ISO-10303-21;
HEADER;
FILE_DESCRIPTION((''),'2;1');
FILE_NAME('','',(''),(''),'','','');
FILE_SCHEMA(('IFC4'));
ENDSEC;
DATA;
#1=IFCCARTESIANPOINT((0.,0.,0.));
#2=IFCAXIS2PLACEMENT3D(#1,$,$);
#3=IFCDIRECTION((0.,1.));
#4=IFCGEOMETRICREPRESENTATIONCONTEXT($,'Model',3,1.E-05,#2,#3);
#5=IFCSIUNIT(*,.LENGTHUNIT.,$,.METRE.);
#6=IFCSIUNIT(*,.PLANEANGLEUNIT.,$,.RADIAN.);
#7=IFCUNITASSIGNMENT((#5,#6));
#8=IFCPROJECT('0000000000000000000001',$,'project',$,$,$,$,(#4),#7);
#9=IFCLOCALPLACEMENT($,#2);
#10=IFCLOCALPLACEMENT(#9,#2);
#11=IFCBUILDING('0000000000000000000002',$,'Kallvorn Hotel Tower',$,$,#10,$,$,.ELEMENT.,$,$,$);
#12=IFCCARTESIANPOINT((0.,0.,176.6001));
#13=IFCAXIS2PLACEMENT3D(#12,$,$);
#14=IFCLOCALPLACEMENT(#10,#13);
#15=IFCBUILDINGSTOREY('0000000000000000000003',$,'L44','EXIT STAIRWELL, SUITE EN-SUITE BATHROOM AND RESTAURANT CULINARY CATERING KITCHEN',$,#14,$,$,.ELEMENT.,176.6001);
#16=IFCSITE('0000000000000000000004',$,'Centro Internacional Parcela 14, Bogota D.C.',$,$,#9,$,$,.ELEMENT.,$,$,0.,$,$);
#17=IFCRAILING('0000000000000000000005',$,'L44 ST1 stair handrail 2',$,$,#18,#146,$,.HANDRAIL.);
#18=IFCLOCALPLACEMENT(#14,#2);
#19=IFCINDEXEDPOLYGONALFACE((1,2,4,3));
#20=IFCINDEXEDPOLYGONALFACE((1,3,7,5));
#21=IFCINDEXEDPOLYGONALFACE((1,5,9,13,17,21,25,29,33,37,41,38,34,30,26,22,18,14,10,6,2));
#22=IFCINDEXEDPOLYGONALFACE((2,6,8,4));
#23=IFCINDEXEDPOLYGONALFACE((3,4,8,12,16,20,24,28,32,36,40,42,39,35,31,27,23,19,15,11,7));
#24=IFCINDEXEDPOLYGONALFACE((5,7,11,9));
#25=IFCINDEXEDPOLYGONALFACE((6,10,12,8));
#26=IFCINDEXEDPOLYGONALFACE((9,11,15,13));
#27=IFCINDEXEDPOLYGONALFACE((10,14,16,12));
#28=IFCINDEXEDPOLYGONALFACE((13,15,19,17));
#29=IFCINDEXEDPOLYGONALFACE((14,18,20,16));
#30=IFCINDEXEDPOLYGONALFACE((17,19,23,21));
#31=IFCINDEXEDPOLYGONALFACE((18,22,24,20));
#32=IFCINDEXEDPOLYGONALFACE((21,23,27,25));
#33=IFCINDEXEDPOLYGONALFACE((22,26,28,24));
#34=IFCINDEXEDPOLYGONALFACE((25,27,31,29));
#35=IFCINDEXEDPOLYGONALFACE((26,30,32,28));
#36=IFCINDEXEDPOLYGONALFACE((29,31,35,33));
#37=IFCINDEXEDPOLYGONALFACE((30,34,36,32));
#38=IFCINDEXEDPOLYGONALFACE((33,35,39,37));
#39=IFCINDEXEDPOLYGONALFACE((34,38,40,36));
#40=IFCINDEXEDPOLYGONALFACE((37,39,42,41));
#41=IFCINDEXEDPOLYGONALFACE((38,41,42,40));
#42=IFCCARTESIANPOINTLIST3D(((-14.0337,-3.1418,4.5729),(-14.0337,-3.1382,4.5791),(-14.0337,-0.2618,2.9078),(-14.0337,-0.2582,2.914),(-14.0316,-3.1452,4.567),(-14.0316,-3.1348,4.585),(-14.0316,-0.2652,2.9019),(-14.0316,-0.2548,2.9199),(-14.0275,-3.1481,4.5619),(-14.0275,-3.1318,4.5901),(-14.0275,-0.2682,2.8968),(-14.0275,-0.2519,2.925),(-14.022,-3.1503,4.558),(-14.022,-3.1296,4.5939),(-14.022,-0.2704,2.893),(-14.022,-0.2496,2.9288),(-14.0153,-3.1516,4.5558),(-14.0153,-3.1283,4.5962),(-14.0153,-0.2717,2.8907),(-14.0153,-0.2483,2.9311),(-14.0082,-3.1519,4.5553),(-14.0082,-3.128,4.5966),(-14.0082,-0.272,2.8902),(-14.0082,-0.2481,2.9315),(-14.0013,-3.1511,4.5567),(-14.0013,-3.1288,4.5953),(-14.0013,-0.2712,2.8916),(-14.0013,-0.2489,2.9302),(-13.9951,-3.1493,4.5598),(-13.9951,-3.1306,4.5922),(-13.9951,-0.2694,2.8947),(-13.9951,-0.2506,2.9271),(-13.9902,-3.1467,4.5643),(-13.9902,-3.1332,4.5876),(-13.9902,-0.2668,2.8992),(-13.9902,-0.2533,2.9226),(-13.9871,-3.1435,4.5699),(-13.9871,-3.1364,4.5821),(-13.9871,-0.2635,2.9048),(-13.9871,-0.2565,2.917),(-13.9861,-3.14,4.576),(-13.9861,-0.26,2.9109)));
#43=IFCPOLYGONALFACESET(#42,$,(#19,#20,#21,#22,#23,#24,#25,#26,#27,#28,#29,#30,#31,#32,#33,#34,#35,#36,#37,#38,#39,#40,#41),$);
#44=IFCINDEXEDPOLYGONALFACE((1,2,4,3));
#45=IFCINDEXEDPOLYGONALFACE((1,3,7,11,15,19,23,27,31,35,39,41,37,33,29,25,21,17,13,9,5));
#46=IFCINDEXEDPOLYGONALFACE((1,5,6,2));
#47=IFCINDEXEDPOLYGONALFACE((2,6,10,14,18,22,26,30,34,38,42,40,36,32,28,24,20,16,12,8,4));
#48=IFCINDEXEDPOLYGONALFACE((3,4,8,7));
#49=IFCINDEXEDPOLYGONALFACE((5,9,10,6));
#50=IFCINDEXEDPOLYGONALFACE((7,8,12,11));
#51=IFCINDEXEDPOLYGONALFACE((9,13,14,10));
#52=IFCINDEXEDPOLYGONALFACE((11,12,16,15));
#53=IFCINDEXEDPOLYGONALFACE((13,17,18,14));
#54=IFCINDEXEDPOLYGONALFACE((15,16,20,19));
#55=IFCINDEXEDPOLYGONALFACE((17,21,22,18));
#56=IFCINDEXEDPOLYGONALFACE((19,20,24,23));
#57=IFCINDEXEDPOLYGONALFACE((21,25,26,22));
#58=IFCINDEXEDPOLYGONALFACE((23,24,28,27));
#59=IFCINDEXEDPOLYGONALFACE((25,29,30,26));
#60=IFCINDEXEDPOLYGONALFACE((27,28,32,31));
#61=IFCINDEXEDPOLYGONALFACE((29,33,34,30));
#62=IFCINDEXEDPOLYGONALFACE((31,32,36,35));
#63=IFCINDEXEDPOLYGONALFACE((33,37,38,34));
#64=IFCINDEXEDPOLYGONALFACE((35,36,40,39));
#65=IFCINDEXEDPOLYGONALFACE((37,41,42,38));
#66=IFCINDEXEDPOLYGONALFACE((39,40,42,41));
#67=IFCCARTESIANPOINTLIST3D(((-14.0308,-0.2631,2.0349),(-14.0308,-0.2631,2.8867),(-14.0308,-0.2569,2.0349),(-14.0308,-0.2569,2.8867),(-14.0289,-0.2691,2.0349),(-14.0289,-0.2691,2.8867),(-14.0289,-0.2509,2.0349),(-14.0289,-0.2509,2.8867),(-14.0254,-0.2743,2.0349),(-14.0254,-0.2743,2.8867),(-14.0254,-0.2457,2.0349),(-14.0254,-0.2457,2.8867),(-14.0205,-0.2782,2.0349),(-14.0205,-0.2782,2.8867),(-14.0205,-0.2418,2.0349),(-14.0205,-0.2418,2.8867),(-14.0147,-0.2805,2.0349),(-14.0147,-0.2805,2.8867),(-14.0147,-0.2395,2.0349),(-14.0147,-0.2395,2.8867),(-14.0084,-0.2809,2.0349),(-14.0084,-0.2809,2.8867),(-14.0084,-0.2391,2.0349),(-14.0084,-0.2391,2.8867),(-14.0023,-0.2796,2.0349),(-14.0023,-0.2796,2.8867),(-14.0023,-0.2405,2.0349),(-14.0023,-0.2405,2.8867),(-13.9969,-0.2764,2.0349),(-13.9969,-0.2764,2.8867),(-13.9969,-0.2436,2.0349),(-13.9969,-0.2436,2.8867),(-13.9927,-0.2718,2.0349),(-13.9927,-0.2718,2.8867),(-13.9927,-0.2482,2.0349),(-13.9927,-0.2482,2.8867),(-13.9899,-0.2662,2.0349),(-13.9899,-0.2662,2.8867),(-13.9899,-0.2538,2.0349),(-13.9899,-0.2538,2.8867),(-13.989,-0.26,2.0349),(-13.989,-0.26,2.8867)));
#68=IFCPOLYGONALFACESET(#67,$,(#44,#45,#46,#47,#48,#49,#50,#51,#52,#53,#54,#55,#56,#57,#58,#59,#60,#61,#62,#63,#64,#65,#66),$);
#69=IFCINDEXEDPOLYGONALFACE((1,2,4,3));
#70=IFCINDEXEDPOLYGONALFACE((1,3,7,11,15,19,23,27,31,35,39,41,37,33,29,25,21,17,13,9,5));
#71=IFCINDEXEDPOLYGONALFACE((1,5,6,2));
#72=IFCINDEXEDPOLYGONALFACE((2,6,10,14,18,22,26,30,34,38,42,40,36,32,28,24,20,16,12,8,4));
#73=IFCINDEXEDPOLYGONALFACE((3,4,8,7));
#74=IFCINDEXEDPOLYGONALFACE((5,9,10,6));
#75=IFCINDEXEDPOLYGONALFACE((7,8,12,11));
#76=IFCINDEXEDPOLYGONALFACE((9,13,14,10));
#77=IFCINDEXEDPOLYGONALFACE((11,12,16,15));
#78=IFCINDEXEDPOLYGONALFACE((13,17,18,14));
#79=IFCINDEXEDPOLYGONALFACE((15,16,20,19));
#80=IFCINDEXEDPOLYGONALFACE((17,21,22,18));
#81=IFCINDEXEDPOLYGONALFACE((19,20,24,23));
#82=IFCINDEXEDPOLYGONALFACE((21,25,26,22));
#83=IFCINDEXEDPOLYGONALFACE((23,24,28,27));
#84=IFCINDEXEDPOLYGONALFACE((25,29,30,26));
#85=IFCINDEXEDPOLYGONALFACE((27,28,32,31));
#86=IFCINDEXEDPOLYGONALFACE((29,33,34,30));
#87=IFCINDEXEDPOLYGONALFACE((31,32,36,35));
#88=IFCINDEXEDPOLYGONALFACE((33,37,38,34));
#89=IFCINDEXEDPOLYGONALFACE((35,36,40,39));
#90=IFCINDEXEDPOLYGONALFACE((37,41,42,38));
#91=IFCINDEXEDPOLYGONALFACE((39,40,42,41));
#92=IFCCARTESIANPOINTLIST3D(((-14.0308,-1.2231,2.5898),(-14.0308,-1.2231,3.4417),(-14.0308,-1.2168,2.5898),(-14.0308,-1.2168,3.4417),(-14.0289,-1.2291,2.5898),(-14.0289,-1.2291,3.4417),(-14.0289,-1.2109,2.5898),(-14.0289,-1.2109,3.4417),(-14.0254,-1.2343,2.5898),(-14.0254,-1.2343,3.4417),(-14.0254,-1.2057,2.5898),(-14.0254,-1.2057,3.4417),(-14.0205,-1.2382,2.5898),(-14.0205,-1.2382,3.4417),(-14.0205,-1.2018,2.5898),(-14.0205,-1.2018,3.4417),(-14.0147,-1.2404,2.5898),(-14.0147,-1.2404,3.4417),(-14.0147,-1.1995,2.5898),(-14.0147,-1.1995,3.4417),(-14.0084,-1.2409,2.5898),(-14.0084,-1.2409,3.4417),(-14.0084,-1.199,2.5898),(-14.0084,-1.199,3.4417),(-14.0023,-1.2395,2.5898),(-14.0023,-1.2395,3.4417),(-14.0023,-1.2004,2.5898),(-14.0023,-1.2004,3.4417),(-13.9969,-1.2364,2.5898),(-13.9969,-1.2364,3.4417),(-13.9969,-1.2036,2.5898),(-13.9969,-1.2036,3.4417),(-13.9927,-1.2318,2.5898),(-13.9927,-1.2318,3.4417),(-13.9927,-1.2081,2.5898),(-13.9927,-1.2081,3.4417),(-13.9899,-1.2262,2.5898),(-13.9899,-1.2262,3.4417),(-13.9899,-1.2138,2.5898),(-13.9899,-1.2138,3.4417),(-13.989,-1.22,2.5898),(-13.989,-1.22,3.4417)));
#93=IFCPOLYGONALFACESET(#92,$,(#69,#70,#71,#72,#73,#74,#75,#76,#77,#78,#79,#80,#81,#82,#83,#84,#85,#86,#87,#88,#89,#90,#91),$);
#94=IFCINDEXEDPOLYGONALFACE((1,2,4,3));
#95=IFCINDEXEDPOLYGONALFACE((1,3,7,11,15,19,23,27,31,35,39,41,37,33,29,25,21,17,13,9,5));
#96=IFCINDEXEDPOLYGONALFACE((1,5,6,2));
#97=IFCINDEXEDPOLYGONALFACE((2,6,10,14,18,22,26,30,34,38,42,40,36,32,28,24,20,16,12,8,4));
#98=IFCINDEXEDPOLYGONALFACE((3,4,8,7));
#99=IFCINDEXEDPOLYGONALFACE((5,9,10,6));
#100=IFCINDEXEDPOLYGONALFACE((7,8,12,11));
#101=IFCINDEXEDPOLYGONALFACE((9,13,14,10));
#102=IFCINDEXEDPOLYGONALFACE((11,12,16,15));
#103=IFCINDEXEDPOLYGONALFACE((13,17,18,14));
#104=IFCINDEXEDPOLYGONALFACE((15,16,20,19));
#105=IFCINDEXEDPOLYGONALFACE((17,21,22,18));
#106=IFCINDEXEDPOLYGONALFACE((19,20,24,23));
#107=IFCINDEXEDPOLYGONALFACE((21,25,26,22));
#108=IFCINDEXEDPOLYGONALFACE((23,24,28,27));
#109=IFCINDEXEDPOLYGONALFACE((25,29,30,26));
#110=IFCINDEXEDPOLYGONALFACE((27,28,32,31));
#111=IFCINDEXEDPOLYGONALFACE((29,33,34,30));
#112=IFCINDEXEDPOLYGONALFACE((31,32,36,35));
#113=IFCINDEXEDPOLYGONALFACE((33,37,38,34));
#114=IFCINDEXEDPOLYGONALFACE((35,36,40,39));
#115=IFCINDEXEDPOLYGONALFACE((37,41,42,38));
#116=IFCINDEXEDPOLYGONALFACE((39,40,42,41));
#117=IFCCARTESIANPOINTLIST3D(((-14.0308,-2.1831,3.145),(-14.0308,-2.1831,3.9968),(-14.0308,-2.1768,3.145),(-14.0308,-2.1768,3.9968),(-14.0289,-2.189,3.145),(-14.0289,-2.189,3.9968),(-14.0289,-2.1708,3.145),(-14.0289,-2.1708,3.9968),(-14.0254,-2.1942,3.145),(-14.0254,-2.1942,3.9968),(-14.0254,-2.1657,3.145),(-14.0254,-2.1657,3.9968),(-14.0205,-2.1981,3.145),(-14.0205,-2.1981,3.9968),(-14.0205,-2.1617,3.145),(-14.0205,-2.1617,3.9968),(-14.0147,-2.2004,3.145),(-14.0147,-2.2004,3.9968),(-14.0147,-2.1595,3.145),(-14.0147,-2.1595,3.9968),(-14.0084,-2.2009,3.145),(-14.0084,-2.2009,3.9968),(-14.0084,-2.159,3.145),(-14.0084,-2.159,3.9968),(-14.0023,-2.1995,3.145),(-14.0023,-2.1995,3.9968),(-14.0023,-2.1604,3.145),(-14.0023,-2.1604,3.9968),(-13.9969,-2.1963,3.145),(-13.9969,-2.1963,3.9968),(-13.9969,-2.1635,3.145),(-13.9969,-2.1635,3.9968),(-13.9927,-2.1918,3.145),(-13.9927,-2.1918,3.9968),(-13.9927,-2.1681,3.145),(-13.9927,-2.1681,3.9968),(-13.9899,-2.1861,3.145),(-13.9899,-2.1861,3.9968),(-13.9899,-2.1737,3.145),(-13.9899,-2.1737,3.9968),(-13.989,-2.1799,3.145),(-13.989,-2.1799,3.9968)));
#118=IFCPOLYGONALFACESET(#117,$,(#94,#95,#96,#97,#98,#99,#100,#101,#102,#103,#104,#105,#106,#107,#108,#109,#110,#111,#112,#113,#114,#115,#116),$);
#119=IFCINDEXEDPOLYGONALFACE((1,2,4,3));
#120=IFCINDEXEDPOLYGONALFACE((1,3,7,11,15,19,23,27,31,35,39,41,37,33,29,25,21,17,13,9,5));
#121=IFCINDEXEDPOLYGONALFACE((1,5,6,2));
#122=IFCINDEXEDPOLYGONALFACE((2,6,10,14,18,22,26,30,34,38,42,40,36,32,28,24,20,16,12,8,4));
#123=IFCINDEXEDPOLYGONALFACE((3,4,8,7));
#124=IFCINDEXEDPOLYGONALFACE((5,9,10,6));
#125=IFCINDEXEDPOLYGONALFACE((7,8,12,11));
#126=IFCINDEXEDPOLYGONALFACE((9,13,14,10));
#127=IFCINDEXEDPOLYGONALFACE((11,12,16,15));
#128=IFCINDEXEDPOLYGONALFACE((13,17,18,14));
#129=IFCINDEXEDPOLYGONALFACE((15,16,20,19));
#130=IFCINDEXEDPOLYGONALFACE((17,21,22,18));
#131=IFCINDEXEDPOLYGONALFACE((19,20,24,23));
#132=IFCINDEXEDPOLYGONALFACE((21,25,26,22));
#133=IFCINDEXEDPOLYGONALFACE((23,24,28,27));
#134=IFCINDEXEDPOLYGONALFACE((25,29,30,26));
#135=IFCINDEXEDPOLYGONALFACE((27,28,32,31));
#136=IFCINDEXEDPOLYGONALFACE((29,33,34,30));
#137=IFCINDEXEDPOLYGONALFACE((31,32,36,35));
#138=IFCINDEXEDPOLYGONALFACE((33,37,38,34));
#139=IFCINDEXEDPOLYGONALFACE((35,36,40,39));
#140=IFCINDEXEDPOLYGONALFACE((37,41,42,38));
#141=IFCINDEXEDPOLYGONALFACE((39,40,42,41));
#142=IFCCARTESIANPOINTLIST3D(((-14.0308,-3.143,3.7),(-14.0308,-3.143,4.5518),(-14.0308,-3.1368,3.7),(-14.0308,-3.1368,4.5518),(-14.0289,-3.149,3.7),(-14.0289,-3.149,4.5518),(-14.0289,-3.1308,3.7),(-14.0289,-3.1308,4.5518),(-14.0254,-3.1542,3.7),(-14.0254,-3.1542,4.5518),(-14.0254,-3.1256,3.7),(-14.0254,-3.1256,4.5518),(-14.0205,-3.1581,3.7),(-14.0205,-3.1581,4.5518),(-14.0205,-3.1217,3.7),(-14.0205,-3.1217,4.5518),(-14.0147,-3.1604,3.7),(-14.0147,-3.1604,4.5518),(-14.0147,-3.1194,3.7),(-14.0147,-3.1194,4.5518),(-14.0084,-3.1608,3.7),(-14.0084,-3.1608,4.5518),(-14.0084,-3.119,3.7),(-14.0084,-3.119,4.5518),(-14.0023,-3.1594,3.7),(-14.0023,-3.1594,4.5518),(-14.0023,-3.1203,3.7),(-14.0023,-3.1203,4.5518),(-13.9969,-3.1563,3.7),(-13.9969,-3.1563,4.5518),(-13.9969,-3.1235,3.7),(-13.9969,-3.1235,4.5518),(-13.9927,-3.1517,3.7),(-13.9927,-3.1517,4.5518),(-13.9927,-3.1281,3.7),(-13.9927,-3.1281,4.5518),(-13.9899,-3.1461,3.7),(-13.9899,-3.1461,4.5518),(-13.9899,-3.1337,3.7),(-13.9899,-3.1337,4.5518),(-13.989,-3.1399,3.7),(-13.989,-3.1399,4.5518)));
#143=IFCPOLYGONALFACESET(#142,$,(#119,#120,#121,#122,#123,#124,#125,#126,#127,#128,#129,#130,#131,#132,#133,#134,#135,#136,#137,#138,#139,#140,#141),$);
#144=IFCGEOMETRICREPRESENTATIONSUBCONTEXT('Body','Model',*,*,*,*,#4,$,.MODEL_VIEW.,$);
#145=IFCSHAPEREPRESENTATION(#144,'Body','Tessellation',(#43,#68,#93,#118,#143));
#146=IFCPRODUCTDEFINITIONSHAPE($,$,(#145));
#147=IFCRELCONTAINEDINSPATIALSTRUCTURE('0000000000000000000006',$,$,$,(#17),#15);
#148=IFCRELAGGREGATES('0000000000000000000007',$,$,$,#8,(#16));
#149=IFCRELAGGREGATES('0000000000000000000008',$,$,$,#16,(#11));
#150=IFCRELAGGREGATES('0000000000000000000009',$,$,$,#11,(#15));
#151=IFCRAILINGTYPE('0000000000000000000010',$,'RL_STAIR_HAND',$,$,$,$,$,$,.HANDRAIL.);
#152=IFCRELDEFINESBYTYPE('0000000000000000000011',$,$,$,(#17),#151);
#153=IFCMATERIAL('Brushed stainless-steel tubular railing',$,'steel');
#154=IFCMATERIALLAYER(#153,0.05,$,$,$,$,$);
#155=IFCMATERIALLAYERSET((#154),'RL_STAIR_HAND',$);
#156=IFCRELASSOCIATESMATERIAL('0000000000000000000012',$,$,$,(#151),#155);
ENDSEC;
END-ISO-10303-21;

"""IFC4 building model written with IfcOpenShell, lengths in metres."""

from ifc_helpers import new_model, si_unit, direction, frame, origin, origin_2d, place, context, subcontext, project, spatial, circle, extrude, material, layer, layer_set, type_object, element, save


model = new_model("IFC4")

# Units and contexts
model_context = context("Model", 3, precision=1e-05, world=origin(), true_north=direction((0.0, 1.0)))
body_context = subcontext(model_context, "Body", "Model", "MODEL_VIEW")
ifc_project = project(units=[si_unit("LENGTHUNIT", "METRE"), si_unit("PLANEANGLEUNIT", "RADIAN")], contexts=[model_context])

# Site, building, storey
site_placement = place(None, origin())
site = spatial("IfcSite", under=ifc_project, at=site_placement, Name="Centro Internacional Parcela 14, Bogota D.C.", CompositionType="ELEMENT", RefElevation=0.0)
building_placement = place(site_placement, origin())
building = spatial("IfcBuilding", under=site, at=building_placement, Name="Kallvorn Hotel Tower", CompositionType="ELEMENT")
storey_placement = place(building_placement, frame((0.0, 0.0, 176.6001)))
storey = spatial("IfcBuildingStorey", under=building, at=storey_placement, Name="L44", Description="EXIT STAIRWELL, SUITE EN-SUITE BATHROOM AND RESTAURANT CULINARY CATERING KITCHEN", CompositionType="ELEMENT", Elevation=176.6001)

# Railing
ifc_material_1 = material(Name="Brushed stainless-steel tubular railing", Category="steel")
ifc_layer_1 = layer(ifc_material_1, 0.05)
ifc_layer_set_1 = layer_set([ifc_layer_1], Name="RL_STAIR_HAND")
railing_type_1 = type_object("IfcRailingType", Name="RL_STAIR_HAND", PredefinedType="HANDRAIL", material=ifc_layer_set_1)
railing_1_placement = place(storey_placement, frame((-14.01, -0.26, 2.0349)))
element("IfcRailing", 1, at=railing_1_placement, inside=storey, type_object=railing_type_1, Name="L44 ST1 stair handrail 2", PredefinedType="HANDRAIL", context=body_context, shape_type="SweptSolid", body=[
    extrude(circle(Radius=0.0239, at=origin_2d()), frame((0.0, 0.0, 0.876), z_axis=(0.0, -0.865721, 0.500527), x_axis=(1.0, 0.0, 0.0)), (0.0, 0.0, 1.0), 3.3267),
    extrude(circle(Radius=0.021, at=origin_2d()), origin(), (0.0, 0.0, 1.0), 0.8518),
    extrude(circle(Radius=0.021, at=origin_2d()), frame((0.0, -0.96, 0.5549)), (0.0, 0.0, 1.0), 0.8518),
    extrude(circle(Radius=0.021, at=origin_2d()), frame((0.0, -1.9199, 1.1101)), (0.0, 0.0, 1.0), 0.8518),
    extrude(circle(Radius=0.021, at=origin_2d()), frame((0.0, -2.8799, 1.665)), (0.0, 0.0, 1.0), 0.8518),
])

save(model, "model.ifc")
